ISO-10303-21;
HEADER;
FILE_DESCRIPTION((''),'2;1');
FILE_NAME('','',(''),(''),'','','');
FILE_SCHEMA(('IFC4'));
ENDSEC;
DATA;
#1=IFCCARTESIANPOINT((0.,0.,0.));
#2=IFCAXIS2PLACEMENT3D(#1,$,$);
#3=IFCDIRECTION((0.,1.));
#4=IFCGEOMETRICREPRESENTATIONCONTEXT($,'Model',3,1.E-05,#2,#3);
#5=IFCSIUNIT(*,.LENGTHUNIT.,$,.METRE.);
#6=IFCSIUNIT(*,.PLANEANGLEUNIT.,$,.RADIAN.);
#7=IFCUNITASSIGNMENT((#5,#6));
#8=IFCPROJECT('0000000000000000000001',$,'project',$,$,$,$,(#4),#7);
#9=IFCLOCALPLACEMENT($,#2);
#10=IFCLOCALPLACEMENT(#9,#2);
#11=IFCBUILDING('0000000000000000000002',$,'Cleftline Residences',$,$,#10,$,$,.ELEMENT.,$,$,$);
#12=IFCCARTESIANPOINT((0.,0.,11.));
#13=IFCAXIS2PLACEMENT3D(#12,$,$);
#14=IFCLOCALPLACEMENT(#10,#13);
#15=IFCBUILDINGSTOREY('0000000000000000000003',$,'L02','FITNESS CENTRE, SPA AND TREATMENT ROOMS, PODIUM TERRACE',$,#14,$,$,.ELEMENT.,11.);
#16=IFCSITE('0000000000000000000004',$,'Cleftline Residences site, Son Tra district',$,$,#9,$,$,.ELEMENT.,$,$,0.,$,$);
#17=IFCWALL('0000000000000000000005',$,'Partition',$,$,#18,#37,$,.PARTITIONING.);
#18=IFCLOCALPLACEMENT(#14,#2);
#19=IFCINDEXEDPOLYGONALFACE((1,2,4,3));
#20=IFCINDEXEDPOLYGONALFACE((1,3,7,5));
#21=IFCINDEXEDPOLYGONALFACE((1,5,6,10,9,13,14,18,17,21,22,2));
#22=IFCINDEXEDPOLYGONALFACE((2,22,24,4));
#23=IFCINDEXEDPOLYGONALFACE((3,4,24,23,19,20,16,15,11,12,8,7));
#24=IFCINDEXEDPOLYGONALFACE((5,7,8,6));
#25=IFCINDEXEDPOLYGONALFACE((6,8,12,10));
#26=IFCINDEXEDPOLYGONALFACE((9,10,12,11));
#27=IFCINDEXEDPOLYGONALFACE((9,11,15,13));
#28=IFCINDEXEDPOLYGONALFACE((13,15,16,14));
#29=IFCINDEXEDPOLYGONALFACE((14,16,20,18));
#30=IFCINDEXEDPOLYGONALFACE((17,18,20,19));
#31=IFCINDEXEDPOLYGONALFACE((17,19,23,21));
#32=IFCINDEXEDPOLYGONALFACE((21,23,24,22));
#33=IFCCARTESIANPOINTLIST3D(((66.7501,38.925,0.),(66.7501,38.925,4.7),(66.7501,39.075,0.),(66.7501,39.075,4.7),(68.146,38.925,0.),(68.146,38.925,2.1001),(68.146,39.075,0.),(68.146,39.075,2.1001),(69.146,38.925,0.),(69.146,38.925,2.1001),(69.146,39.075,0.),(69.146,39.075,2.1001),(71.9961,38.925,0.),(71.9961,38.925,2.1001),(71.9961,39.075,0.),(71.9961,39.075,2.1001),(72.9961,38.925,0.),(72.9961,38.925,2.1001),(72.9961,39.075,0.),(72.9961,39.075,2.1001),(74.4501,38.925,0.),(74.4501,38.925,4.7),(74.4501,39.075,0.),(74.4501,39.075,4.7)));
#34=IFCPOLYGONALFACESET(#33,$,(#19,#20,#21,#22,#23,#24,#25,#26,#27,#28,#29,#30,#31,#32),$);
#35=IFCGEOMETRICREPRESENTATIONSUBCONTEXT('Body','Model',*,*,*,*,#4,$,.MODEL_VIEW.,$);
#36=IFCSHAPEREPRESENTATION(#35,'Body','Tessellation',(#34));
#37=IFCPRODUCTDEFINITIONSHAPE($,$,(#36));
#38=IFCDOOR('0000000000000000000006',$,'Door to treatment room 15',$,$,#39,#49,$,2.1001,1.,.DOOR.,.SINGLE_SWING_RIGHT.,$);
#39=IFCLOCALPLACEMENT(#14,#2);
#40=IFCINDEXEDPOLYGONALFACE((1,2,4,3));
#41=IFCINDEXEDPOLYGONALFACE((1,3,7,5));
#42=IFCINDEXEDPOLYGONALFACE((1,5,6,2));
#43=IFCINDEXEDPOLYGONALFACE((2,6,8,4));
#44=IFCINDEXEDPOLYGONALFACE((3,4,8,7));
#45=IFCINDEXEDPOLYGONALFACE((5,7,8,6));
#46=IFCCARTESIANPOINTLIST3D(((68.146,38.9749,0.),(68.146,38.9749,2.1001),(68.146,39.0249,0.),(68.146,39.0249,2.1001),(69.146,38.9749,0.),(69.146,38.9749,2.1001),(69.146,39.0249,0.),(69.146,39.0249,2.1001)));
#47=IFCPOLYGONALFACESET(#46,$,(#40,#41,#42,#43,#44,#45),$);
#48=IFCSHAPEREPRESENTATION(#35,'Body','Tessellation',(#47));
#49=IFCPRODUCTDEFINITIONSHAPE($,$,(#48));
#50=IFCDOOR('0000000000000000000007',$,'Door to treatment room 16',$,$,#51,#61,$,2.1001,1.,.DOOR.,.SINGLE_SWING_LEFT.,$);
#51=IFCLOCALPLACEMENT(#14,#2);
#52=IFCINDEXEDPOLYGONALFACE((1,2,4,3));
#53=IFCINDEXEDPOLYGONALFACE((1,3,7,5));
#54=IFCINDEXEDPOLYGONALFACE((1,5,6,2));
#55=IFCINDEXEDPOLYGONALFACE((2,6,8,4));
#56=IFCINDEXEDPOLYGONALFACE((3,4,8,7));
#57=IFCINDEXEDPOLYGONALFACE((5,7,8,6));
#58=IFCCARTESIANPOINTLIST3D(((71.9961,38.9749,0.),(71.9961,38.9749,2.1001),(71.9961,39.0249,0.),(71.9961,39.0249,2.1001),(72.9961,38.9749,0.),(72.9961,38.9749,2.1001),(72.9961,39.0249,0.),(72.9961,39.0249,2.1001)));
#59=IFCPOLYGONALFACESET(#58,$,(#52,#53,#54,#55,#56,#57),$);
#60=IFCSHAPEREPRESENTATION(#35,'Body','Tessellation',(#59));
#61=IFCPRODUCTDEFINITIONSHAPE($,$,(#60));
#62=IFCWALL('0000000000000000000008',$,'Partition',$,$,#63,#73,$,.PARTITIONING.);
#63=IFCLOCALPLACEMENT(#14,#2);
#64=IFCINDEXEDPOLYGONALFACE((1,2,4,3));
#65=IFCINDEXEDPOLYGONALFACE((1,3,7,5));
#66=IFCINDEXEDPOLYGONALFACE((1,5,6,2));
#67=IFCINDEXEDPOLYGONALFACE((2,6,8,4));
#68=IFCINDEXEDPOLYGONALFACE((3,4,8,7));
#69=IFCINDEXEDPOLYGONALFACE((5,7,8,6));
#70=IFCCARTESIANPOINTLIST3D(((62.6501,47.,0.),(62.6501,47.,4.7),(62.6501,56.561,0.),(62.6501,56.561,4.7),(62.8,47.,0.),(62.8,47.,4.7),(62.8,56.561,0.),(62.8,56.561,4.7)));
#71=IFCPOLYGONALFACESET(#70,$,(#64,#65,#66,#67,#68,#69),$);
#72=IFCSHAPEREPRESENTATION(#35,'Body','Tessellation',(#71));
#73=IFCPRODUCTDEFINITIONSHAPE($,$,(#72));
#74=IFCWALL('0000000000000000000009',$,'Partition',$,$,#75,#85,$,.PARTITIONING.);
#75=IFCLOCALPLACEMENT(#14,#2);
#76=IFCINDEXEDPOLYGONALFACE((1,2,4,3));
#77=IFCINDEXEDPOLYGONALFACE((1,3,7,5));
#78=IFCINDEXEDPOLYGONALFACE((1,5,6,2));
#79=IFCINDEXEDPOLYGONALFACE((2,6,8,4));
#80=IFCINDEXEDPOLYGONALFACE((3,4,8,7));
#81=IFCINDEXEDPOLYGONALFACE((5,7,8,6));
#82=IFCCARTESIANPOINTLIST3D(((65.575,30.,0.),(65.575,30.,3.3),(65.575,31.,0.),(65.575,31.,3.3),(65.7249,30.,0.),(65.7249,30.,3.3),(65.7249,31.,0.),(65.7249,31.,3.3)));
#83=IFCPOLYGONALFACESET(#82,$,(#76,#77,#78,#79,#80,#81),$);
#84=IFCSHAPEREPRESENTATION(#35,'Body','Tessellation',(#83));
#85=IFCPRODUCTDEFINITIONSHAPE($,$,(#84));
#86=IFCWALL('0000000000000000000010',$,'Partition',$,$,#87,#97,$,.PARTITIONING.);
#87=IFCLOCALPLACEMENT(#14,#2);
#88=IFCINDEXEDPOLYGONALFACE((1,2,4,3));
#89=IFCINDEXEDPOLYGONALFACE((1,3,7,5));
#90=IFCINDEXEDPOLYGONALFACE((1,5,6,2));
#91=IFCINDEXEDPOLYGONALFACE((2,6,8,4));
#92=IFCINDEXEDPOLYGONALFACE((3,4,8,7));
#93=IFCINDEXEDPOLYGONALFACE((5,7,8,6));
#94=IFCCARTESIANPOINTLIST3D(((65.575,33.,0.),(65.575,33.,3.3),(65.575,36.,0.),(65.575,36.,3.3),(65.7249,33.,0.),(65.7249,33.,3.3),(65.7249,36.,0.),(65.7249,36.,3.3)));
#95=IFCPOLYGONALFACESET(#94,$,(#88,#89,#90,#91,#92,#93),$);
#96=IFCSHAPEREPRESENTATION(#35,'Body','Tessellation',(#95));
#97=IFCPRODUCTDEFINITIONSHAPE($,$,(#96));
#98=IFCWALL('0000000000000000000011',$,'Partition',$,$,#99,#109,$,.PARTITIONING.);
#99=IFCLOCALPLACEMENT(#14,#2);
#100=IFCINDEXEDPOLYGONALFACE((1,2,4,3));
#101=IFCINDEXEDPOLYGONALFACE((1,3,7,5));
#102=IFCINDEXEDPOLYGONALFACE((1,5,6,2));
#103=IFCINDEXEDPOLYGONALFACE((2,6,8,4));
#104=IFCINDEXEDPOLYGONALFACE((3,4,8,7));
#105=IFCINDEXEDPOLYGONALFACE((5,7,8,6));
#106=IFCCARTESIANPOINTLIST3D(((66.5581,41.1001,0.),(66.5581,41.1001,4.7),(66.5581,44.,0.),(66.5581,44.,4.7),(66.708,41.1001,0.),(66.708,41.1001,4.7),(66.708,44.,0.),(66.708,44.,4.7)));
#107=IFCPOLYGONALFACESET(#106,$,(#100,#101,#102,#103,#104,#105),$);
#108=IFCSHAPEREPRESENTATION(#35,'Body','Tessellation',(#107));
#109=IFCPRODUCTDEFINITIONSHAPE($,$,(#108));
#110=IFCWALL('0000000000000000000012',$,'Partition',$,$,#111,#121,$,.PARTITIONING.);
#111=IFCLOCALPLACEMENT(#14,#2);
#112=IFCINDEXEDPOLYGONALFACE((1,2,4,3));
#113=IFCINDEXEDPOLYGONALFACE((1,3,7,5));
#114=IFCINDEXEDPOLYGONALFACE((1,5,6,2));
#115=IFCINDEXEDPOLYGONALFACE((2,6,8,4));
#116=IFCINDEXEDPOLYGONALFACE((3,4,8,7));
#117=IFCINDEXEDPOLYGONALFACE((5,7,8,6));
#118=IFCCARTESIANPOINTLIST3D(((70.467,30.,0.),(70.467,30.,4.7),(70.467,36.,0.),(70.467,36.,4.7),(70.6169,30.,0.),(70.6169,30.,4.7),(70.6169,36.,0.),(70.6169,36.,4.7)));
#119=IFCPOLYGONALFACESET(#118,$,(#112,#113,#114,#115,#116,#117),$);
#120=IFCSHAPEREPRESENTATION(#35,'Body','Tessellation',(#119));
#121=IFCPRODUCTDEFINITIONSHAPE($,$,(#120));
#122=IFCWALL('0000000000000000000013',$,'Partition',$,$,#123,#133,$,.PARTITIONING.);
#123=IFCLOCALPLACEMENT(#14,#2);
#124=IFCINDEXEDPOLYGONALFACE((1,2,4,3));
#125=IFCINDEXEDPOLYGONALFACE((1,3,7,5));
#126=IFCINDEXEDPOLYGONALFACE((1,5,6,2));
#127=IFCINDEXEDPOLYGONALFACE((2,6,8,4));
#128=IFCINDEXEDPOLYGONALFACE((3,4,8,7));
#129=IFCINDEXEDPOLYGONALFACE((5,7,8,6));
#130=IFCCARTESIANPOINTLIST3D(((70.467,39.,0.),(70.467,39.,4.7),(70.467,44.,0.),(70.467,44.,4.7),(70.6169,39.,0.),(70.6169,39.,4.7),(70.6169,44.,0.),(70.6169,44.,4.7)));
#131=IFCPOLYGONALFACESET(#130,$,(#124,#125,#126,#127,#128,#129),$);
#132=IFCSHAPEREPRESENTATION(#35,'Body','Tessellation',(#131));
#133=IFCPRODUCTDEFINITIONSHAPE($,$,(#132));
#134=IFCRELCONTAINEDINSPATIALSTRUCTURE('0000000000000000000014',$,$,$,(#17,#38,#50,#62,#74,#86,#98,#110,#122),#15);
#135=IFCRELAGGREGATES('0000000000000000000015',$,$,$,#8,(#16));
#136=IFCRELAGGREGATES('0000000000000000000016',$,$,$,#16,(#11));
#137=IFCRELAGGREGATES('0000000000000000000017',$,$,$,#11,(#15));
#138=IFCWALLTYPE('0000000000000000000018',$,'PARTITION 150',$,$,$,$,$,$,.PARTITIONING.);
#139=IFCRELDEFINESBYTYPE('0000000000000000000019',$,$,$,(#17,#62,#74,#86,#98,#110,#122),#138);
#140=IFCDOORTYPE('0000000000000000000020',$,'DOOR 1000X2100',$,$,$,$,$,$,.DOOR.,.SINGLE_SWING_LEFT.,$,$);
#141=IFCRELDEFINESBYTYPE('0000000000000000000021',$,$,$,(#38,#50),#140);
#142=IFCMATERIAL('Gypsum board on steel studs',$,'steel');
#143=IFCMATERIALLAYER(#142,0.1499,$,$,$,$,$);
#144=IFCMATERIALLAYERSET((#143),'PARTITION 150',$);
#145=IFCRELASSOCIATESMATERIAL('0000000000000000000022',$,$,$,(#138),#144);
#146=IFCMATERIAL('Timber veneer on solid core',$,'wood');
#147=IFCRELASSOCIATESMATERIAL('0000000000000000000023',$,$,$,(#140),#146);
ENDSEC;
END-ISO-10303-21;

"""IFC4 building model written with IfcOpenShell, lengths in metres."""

from ifc_helpers import new_model, si_unit, direction, frame, frame_2d, origin, place, context, subcontext, project, spatial, rectangle, extrude, material, layer, layer_set, type_object, element, fill, save


model = new_model("IFC4")

# Units and contexts
model_context = context("Model", 3, precision=1e-05, world=origin(), true_north=direction((0.0, 1.0)))
body_context = subcontext(model_context, "Body", "Model", "MODEL_VIEW")
ifc_project = project(units=[si_unit("LENGTHUNIT", "METRE"), si_unit("PLANEANGLEUNIT", "RADIAN")], contexts=[model_context])

# Site, building, storey
site_placement = place(None, origin())
site = spatial("IfcSite", under=ifc_project, at=site_placement, Name="Cleftline Residences site, Son Tra district", CompositionType="ELEMENT", RefElevation=0.0)
building_placement = place(site_placement, origin())
building = spatial("IfcBuilding", under=site, at=building_placement, Name="Cleftline Residences", CompositionType="ELEMENT")
storey_placement = place(building_placement, frame((0.0, 0.0, 11.0)))
storey = spatial("IfcBuildingStorey", under=building, at=storey_placement, Name="L02", Description="FITNESS CENTRE, SPA AND TREATMENT ROOMS, PODIUM TERRACE", CompositionType="ELEMENT", Elevation=11.0)

# Wall, openings, doors
ifc_material_1 = material(Name="Gypsum board on steel studs", Category="steel")
ifc_layer_1 = layer(ifc_material_1, 0.1499)
ifc_layer_set_1 = layer_set([ifc_layer_1], Name="PARTITION 150")
wall_type_1 = type_object("IfcWallType", Name="PARTITION 150", PredefinedType="PARTITIONING", material=ifc_layer_set_1)
wall_1_placement = place(storey_placement, frame((66.75, 39.0, 0.0), z_axis=(0.0, 0.0, 1.0), x_axis=(1.0, 0.0, 0.0)))
wall_1 = element("IfcWall", 1, at=wall_1_placement, inside=storey, type_object=wall_type_1, Name="Partition", PredefinedType="PARTITIONING", context=body_context, shape_type="SweptSolid", body=[
    extrude(rectangle(XDim=7.7, YDim=0.1499, at=frame_2d((3.8501, 0.0))), origin(), (0.0, 0.0, 1.0), 4.7),
])
opening_1_placement = place(wall_1_placement, frame((1.396, 0.0, 0.0)))
opening_1 = element("IfcOpeningElement", 2, at=opening_1_placement, cuts=wall_1, PredefinedType="OPENING", context=body_context, shape_type="SweptSolid", body=[
    extrude(rectangle(XDim=1.0, YDim=2.1001, at=frame_2d((0.5, 1.05))), frame((0.0, 0.085, 0.0), z_axis=(0.0, -1.0, 0.0), x_axis=(1.0, 0.0, 0.0)), (0.0, 0.0, 1.0), 0.1699),
])
opening_2_placement = place(wall_1_placement, frame((5.2461, 0.0, 0.0)))
opening_2 = element("IfcOpeningElement", 3, at=opening_2_placement, cuts=wall_1, PredefinedType="OPENING", context=body_context, shape_type="SweptSolid", body=[
    extrude(rectangle(XDim=1.0, YDim=2.1001, at=frame_2d((0.5, 1.05))), frame((0.0, 0.085, 0.0), z_axis=(0.0, -1.0, 0.0), x_axis=(1.0, 0.0, 0.0)), (0.0, 0.0, 1.0), 0.1699),
])
ifc_material_2 = material(Name="Timber veneer on solid core", Category="wood")
door_type_1 = type_object("IfcDoorType", Name="DOOR 1000X2100", OperationType="SINGLE_SWING_LEFT", PredefinedType="DOOR", material=ifc_material_2)
door_1_placement = place(opening_1_placement, origin())
door_1 = element("IfcDoor", 4, at=door_1_placement, inside=storey, type_object=door_type_1, Name="Door to treatment room 15", OperationType="SINGLE_SWING_RIGHT", OverallHeight=2.1001, OverallWidth=1.0, PredefinedType="DOOR", context=body_context, shape_type="SweptSolid", body=[
    extrude(rectangle(XDim=1.0, YDim=2.1001, at=frame_2d((0.5, 1.05))), frame((0.0, 0.0249, 0.0), z_axis=(0.0, -1.0, 0.0), x_axis=(1.0, 0.0, 0.0)), (0.0, 0.0, 1.0), 0.05),
])
fill(opening_1, door_1)
door_2_placement = place(opening_2_placement, origin())
door_2 = element("IfcDoor", 5, at=door_2_placement, inside=storey, type_object=door_type_1, Name="Door to treatment room 16", OperationType="SINGLE_SWING_LEFT", OverallHeight=2.1001, OverallWidth=1.0, PredefinedType="DOOR", context=body_context, shape_type="SweptSolid", body=[
    extrude(rectangle(XDim=1.0, YDim=2.1001, at=frame_2d((0.5, 1.05))), frame((0.0, 0.0249, 0.0), z_axis=(0.0, -1.0, 0.0), x_axis=(1.0, 0.0, 0.0)), (0.0, 0.0, 1.0), 0.05),
])
fill(opening_2, door_2)

# Walls
wall_2_placement = place(storey_placement, frame((62.7251, 47.0, 0.0), z_axis=(0.0, 0.0, 1.0), x_axis=(0.0, 1.0, 0.0)))
element("IfcWall", 6, at=wall_2_placement, inside=storey, type_object=wall_type_1, Name="Partition", PredefinedType="PARTITIONING", context=body_context, shape_type="SweptSolid", body=[
    extrude(rectangle(XDim=9.561, YDim=0.1499, at=frame_2d((4.7805, 0.0))), origin(), (0.0, 0.0, 1.0), 4.7),
])
wall_3_placement = place(storey_placement, frame((65.6499, 30.0, 0.0), z_axis=(0.0, 0.0, 1.0), x_axis=(0.0, 1.0, 0.0)))
element("IfcWall", 7, at=wall_3_placement, inside=storey, type_object=wall_type_1, Name="Partition", PredefinedType="PARTITIONING", context=body_context, shape_type="SweptSolid", body=[
    extrude(rectangle(XDim=1.0, YDim=0.1499, at=frame_2d((0.5, 0.0))), origin(), (0.0, 0.0, 1.0), 3.3),
])
wall_4_placement = place(storey_placement, frame((65.6499, 33.0, 0.0), z_axis=(0.0, 0.0, 1.0), x_axis=(0.0, 1.0, 0.0)))
element("IfcWall", 8, at=wall_4_placement, inside=storey, type_object=wall_type_1, Name="Partition", PredefinedType="PARTITIONING", context=body_context, shape_type="SweptSolid", body=[
    extrude(rectangle(XDim=3.0, YDim=0.1499, at=frame_2d((1.5, 0.0))), origin(), (0.0, 0.0, 1.0), 3.3),
])
wall_5_placement = place(storey_placement, frame((66.6331, 41.1001, 0.0), z_axis=(0.0, 0.0, 1.0), x_axis=(0.0, 1.0, 0.0)))
element("IfcWall", 9, at=wall_5_placement, inside=storey, type_object=wall_type_1, Name="Partition", PredefinedType="PARTITIONING", context=body_context, shape_type="SweptSolid", body=[
    extrude(rectangle(XDim=2.8999, YDim=0.1499, at=frame_2d((1.45, 0.0))), origin(), (0.0, 0.0, 1.0), 4.7),
])
wall_6_placement = place(storey_placement, frame((70.542, 30.0, 0.0), z_axis=(0.0, 0.0, 1.0), x_axis=(0.0, 1.0, 0.0)))
element("IfcWall", 10, at=wall_6_placement, inside=storey, type_object=wall_type_1, Name="Partition", PredefinedType="PARTITIONING", context=body_context, shape_type="SweptSolid", body=[
    extrude(rectangle(XDim=6.0, YDim=0.1499, at=frame_2d((3.0, 0.0))), origin(), (0.0, 0.0, 1.0), 4.7),
])
wall_7_placement = place(storey_placement, frame((70.542, 39.0, 0.0), z_axis=(0.0, 0.0, 1.0), x_axis=(0.0, 1.0, 0.0)))
element("IfcWall", 11, at=wall_7_placement, inside=storey, type_object=wall_type_1, Name="Partition", PredefinedType="PARTITIONING", context=body_context, shape_type="SweptSolid", body=[
    extrude(rectangle(XDim=5.0, YDim=0.1499, at=frame_2d((2.5, 0.0))), origin(), (0.0, 0.0, 1.0), 4.7),
])

save(model, "model.ifc")
